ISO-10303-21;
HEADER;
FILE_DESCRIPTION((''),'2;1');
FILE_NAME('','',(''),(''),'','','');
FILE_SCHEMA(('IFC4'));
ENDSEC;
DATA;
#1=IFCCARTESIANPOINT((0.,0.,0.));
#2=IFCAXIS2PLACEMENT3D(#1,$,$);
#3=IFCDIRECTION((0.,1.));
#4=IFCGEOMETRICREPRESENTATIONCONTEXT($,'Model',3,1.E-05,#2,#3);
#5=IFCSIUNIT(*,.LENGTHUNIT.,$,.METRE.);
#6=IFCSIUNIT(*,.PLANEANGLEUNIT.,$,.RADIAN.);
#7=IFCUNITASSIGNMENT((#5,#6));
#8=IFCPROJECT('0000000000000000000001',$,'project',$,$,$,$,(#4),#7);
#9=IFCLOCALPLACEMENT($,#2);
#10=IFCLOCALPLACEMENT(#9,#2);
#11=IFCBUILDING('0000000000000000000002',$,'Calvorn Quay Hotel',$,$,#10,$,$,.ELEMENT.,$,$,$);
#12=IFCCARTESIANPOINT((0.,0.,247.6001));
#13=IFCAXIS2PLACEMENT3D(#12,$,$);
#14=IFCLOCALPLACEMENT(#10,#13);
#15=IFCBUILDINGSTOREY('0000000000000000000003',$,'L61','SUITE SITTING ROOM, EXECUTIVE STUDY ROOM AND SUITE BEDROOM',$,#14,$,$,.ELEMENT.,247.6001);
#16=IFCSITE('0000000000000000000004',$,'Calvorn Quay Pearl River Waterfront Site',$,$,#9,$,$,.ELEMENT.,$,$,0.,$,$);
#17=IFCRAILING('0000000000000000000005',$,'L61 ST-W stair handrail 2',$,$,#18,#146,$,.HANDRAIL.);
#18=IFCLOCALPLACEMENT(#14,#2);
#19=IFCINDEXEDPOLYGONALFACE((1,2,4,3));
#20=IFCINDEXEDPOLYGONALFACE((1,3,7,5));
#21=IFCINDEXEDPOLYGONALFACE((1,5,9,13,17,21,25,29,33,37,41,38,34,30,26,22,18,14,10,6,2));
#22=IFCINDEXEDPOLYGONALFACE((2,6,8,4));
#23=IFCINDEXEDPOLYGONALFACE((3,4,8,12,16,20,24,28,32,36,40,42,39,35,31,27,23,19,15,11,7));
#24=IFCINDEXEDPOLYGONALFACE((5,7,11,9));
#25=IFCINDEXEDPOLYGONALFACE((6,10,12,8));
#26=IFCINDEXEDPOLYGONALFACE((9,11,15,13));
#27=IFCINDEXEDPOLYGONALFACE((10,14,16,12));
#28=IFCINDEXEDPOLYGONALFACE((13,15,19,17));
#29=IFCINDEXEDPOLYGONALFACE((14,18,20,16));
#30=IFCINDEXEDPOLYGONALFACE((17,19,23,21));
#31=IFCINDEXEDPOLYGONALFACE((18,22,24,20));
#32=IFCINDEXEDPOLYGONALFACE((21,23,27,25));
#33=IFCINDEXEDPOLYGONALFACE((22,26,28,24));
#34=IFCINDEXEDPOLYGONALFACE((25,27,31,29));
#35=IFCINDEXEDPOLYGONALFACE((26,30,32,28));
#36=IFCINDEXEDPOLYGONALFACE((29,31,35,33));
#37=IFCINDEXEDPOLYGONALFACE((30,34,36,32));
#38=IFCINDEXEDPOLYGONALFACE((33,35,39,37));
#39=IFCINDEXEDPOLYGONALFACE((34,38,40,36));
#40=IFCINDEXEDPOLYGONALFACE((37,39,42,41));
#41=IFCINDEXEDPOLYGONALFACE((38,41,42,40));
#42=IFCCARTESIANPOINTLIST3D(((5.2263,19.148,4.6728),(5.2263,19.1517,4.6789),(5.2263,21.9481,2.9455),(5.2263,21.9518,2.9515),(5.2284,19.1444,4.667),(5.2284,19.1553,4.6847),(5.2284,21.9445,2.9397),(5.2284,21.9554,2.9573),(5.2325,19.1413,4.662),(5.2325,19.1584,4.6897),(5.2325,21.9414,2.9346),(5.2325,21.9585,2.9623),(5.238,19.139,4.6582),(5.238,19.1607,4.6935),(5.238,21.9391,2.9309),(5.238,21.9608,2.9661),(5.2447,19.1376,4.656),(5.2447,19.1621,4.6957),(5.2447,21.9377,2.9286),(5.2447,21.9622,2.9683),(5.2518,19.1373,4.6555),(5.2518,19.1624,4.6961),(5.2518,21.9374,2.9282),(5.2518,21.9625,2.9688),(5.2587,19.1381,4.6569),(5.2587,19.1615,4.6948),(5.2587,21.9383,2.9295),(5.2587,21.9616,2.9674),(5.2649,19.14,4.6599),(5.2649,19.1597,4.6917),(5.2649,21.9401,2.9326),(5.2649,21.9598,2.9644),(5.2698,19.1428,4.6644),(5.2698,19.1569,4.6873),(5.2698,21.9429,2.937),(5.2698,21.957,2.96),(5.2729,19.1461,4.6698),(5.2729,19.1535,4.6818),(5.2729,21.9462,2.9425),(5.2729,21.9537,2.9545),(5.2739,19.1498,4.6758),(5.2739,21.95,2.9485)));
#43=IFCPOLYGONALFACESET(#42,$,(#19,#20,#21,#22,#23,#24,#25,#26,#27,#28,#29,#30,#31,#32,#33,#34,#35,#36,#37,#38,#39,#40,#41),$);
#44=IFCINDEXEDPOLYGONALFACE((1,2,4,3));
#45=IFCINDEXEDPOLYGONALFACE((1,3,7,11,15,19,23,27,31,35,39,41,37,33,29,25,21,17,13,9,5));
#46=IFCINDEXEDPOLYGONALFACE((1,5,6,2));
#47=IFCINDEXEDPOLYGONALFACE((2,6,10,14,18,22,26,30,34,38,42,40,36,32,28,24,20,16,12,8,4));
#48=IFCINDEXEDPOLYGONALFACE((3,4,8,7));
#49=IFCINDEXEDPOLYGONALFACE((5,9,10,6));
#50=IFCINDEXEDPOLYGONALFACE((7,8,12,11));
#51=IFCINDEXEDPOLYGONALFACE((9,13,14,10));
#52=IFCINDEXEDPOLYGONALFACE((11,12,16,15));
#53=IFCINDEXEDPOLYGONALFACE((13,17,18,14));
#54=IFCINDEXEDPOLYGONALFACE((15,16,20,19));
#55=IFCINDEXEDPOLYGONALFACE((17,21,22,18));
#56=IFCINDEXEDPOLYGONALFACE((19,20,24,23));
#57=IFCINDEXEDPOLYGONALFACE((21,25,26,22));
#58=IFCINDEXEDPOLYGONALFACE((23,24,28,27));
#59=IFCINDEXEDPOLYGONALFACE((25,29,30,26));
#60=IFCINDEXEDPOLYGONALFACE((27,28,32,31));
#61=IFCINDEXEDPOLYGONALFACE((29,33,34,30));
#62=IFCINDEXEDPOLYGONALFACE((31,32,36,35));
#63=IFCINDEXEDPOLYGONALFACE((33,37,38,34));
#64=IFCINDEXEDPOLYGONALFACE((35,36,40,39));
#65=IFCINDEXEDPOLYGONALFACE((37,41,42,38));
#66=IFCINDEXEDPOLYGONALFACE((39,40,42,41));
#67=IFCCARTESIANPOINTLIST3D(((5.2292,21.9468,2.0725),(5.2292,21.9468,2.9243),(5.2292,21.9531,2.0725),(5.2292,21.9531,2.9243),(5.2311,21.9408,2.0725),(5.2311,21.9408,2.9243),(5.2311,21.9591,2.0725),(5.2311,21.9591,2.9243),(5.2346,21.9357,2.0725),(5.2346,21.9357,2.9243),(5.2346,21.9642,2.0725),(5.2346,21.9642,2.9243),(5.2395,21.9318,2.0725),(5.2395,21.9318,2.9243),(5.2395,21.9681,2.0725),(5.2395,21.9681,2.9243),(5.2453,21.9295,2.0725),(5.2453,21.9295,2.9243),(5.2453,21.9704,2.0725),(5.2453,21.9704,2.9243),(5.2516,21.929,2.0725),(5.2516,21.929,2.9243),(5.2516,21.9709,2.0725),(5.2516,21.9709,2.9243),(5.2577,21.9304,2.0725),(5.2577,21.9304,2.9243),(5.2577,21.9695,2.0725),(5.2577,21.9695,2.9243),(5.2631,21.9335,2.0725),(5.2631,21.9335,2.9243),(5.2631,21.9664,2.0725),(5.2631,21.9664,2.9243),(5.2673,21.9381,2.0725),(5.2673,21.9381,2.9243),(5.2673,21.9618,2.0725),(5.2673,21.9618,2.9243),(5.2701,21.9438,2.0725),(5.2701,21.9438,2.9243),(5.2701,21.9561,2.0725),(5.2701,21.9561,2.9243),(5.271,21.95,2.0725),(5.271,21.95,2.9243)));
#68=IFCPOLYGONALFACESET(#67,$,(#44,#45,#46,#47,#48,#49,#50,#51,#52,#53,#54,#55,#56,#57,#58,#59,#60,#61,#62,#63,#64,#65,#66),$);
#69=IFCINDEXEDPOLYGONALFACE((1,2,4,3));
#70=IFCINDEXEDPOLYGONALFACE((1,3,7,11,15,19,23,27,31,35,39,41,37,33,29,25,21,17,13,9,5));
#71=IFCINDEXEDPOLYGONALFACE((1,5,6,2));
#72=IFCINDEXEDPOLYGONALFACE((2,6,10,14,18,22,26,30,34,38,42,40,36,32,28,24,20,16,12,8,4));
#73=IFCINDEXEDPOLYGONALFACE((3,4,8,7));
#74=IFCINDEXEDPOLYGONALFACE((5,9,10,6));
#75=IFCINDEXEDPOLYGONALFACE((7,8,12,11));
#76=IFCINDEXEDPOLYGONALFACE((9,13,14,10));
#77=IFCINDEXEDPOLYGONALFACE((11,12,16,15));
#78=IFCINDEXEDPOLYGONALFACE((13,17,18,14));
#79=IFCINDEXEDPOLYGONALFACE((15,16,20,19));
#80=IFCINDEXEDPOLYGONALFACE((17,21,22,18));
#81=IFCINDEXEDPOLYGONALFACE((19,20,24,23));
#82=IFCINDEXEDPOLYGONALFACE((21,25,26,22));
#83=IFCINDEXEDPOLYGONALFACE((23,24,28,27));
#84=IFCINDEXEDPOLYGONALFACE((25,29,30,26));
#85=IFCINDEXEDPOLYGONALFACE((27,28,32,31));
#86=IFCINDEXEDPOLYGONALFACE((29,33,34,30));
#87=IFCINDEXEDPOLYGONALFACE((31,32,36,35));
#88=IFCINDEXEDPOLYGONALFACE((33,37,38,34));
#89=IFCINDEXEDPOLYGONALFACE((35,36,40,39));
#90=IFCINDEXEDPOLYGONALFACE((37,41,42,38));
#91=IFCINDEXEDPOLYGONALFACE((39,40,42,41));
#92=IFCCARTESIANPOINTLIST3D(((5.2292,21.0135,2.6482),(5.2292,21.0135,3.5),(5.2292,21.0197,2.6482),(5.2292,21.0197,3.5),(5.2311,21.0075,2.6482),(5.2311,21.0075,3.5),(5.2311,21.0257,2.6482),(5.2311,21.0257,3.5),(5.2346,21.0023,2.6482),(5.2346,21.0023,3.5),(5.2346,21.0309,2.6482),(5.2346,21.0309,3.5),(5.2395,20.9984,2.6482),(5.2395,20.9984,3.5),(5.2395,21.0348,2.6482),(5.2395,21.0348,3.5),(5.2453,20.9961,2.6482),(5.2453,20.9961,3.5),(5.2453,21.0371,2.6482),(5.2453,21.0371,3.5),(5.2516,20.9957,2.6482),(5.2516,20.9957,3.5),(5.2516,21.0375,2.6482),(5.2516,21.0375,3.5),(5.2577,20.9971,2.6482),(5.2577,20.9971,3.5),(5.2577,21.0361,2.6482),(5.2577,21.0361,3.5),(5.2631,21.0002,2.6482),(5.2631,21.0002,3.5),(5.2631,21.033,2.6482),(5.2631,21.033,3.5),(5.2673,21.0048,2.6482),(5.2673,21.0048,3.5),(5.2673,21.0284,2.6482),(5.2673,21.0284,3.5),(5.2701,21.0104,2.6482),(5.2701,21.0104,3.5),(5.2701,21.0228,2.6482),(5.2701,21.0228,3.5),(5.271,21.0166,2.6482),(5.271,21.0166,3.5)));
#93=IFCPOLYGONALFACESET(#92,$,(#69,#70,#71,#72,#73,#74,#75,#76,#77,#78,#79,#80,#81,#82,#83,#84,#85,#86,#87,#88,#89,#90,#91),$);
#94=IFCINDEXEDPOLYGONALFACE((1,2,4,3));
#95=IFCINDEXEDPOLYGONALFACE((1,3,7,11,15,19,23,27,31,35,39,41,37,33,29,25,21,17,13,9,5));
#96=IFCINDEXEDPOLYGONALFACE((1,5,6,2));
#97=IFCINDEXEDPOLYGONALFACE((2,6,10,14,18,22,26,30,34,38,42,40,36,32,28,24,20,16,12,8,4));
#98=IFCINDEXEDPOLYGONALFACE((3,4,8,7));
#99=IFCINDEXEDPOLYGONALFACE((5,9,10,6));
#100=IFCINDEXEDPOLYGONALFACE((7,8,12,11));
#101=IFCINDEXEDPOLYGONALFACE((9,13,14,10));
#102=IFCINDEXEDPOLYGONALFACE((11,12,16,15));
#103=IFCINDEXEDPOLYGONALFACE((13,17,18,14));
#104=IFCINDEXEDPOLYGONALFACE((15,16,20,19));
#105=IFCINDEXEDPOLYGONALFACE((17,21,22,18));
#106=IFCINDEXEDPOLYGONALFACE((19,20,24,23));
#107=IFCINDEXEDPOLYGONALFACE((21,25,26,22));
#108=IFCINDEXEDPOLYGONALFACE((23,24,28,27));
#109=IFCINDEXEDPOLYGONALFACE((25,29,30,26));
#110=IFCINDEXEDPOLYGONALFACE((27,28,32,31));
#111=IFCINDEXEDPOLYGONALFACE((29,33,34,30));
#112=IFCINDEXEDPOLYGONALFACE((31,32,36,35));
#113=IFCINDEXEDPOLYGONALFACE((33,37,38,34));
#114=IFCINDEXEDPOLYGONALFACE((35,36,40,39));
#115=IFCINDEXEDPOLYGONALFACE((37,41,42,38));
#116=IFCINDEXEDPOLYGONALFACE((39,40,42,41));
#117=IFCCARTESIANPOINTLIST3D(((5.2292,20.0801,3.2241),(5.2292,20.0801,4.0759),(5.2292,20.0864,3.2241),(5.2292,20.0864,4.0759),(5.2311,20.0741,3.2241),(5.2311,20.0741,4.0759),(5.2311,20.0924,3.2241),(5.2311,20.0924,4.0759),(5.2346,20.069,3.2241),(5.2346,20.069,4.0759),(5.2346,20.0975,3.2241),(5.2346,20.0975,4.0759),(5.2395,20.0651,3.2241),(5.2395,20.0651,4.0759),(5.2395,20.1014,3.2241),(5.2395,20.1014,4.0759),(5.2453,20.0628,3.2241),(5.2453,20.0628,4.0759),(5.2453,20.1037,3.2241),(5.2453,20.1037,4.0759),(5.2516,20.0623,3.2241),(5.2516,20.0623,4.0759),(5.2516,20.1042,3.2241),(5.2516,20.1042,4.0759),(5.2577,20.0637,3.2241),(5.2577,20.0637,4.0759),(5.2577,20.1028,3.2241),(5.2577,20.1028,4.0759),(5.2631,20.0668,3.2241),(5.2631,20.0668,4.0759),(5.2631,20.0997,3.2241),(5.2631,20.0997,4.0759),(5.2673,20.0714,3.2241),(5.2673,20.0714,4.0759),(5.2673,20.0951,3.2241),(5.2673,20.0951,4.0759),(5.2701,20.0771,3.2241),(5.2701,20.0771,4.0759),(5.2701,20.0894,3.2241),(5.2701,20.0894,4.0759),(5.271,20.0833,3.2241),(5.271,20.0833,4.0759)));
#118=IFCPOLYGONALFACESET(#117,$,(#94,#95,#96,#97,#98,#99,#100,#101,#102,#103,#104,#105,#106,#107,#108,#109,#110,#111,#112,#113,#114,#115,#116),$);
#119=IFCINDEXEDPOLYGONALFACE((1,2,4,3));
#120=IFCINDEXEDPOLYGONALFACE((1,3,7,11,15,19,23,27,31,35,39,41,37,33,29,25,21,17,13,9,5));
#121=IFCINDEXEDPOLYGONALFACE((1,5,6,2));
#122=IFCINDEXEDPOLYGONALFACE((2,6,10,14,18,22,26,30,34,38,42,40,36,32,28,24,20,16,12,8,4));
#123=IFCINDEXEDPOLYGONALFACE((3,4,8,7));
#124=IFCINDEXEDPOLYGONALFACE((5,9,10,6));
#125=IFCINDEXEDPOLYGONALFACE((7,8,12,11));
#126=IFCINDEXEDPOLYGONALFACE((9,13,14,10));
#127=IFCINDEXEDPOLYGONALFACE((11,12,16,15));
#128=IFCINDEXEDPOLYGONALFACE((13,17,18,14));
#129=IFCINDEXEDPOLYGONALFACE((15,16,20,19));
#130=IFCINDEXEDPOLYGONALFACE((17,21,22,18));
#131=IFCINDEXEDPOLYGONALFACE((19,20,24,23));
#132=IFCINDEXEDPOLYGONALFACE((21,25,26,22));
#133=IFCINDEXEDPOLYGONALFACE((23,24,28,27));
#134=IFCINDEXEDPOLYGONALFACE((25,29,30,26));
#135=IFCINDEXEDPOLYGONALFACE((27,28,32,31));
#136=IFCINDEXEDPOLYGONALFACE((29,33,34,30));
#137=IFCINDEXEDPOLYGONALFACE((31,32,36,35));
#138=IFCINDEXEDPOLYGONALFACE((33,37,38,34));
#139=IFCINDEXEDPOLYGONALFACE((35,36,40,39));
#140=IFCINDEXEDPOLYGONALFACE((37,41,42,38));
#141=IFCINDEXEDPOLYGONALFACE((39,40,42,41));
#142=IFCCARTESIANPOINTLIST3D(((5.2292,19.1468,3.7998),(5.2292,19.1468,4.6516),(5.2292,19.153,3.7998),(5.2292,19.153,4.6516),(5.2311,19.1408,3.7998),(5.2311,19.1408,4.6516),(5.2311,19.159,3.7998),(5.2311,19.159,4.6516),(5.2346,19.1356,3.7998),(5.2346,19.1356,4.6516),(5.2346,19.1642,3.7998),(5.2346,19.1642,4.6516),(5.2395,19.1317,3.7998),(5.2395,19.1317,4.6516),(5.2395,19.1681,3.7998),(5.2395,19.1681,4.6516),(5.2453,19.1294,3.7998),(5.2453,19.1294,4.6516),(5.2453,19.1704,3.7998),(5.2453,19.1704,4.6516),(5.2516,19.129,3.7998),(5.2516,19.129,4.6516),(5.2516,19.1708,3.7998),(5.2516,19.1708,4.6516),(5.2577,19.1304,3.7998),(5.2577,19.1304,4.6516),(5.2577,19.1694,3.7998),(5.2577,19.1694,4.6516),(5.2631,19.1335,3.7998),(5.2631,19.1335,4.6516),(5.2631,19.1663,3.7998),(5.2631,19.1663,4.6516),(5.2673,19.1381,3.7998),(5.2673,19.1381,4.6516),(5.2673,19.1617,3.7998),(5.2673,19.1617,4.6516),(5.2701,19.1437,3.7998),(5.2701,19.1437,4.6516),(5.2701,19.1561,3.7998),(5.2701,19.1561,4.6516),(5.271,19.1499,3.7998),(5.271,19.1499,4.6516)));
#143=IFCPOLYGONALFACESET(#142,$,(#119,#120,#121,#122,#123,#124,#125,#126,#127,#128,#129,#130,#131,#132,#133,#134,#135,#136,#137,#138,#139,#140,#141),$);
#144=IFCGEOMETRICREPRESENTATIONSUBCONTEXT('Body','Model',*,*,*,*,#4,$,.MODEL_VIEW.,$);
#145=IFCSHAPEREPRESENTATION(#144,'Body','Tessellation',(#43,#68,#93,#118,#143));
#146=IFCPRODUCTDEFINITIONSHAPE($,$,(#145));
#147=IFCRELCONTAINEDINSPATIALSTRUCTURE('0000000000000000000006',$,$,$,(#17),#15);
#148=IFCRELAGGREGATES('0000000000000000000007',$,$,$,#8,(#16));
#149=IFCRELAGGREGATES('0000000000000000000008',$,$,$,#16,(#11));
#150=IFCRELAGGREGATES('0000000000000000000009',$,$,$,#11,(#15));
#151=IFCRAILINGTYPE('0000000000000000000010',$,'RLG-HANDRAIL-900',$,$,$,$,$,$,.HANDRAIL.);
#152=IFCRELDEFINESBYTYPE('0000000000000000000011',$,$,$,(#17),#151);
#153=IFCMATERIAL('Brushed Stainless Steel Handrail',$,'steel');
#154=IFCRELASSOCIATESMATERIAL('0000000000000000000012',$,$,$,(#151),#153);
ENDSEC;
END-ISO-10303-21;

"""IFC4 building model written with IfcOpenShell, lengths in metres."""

from ifc_helpers import new_model, si_unit, direction, frame, origin, origin_2d, place, context, subcontext, project, spatial, circle, extrude, material, type_object, element, save


model = new_model("IFC4")

# Units and contexts
model_context = context("Model", 3, precision=1e-05, world=origin(), true_north=direction((0.0, 1.0)))
body_context = subcontext(model_context, "Body", "Model", "MODEL_VIEW")
ifc_project = project(units=[si_unit("LENGTHUNIT", "METRE"), si_unit("PLANEANGLEUNIT", "RADIAN")], contexts=[model_context])

# Site, building, storey
site_placement = place(None, origin())
site = spatial("IfcSite", under=ifc_project, at=site_placement, Name="Calvorn Quay Pearl River Waterfront Site", CompositionType="ELEMENT", RefElevation=0.0)
building_placement = place(site_placement, origin())
building = spatial("IfcBuilding", under=site, at=building_placement, Name="Calvorn Quay Hotel", CompositionType="ELEMENT")
storey_placement = place(building_placement, frame((0.0, 0.0, 247.6001)))
storey = spatial("IfcBuildingStorey", under=building, at=storey_placement, Name="L61", Description="SUITE SITTING ROOM, EXECUTIVE STUDY ROOM AND SUITE BEDROOM", CompositionType="ELEMENT", Elevation=247.6001)

# Railing
ifc_material_1 = material(Name="Brushed Stainless Steel Handrail", Category="steel")
railing_type_1 = type_object("IfcRailingType", Name="RLG-HANDRAIL-900", PredefinedType="HANDRAIL", material=ifc_material_1)
railing_1_placement = place(storey_placement, frame((5.25, 21.95, 2.0725)))
element("IfcRailing", 1, at=railing_1_placement, inside=storey, type_object=railing_type_1, Name="L61 ST-W stair handrail 2", PredefinedType="HANDRAIL", context=body_context, shape_type="SweptSolid", body=[
    extrude(circle(Radius=0.0239, at=origin_2d()), frame((0.0, 0.0, 0.876), z_axis=(0.0, -0.85109, 0.52502), x_axis=(1.0, 0.0, 0.0)), (0.0, 0.0, 1.0), 3.29),
    extrude(circle(Radius=0.021, at=origin_2d()), origin(), (0.0, 0.0, 1.0), 0.8518),
    extrude(circle(Radius=0.021, at=origin_2d()), frame((0.0, -0.9333, 0.5757)), (0.0, 0.0, 1.0), 0.8518),
    extrude(circle(Radius=0.021, at=origin_2d()), frame((0.0, -1.8667, 1.1516)), (0.0, 0.0, 1.0), 0.8518),
    extrude(circle(Radius=0.021, at=origin_2d()), frame((0.0, -2.8, 1.7273)), (0.0, 0.0, 1.0), 0.8518),
])

save(model, "model.ifc")
